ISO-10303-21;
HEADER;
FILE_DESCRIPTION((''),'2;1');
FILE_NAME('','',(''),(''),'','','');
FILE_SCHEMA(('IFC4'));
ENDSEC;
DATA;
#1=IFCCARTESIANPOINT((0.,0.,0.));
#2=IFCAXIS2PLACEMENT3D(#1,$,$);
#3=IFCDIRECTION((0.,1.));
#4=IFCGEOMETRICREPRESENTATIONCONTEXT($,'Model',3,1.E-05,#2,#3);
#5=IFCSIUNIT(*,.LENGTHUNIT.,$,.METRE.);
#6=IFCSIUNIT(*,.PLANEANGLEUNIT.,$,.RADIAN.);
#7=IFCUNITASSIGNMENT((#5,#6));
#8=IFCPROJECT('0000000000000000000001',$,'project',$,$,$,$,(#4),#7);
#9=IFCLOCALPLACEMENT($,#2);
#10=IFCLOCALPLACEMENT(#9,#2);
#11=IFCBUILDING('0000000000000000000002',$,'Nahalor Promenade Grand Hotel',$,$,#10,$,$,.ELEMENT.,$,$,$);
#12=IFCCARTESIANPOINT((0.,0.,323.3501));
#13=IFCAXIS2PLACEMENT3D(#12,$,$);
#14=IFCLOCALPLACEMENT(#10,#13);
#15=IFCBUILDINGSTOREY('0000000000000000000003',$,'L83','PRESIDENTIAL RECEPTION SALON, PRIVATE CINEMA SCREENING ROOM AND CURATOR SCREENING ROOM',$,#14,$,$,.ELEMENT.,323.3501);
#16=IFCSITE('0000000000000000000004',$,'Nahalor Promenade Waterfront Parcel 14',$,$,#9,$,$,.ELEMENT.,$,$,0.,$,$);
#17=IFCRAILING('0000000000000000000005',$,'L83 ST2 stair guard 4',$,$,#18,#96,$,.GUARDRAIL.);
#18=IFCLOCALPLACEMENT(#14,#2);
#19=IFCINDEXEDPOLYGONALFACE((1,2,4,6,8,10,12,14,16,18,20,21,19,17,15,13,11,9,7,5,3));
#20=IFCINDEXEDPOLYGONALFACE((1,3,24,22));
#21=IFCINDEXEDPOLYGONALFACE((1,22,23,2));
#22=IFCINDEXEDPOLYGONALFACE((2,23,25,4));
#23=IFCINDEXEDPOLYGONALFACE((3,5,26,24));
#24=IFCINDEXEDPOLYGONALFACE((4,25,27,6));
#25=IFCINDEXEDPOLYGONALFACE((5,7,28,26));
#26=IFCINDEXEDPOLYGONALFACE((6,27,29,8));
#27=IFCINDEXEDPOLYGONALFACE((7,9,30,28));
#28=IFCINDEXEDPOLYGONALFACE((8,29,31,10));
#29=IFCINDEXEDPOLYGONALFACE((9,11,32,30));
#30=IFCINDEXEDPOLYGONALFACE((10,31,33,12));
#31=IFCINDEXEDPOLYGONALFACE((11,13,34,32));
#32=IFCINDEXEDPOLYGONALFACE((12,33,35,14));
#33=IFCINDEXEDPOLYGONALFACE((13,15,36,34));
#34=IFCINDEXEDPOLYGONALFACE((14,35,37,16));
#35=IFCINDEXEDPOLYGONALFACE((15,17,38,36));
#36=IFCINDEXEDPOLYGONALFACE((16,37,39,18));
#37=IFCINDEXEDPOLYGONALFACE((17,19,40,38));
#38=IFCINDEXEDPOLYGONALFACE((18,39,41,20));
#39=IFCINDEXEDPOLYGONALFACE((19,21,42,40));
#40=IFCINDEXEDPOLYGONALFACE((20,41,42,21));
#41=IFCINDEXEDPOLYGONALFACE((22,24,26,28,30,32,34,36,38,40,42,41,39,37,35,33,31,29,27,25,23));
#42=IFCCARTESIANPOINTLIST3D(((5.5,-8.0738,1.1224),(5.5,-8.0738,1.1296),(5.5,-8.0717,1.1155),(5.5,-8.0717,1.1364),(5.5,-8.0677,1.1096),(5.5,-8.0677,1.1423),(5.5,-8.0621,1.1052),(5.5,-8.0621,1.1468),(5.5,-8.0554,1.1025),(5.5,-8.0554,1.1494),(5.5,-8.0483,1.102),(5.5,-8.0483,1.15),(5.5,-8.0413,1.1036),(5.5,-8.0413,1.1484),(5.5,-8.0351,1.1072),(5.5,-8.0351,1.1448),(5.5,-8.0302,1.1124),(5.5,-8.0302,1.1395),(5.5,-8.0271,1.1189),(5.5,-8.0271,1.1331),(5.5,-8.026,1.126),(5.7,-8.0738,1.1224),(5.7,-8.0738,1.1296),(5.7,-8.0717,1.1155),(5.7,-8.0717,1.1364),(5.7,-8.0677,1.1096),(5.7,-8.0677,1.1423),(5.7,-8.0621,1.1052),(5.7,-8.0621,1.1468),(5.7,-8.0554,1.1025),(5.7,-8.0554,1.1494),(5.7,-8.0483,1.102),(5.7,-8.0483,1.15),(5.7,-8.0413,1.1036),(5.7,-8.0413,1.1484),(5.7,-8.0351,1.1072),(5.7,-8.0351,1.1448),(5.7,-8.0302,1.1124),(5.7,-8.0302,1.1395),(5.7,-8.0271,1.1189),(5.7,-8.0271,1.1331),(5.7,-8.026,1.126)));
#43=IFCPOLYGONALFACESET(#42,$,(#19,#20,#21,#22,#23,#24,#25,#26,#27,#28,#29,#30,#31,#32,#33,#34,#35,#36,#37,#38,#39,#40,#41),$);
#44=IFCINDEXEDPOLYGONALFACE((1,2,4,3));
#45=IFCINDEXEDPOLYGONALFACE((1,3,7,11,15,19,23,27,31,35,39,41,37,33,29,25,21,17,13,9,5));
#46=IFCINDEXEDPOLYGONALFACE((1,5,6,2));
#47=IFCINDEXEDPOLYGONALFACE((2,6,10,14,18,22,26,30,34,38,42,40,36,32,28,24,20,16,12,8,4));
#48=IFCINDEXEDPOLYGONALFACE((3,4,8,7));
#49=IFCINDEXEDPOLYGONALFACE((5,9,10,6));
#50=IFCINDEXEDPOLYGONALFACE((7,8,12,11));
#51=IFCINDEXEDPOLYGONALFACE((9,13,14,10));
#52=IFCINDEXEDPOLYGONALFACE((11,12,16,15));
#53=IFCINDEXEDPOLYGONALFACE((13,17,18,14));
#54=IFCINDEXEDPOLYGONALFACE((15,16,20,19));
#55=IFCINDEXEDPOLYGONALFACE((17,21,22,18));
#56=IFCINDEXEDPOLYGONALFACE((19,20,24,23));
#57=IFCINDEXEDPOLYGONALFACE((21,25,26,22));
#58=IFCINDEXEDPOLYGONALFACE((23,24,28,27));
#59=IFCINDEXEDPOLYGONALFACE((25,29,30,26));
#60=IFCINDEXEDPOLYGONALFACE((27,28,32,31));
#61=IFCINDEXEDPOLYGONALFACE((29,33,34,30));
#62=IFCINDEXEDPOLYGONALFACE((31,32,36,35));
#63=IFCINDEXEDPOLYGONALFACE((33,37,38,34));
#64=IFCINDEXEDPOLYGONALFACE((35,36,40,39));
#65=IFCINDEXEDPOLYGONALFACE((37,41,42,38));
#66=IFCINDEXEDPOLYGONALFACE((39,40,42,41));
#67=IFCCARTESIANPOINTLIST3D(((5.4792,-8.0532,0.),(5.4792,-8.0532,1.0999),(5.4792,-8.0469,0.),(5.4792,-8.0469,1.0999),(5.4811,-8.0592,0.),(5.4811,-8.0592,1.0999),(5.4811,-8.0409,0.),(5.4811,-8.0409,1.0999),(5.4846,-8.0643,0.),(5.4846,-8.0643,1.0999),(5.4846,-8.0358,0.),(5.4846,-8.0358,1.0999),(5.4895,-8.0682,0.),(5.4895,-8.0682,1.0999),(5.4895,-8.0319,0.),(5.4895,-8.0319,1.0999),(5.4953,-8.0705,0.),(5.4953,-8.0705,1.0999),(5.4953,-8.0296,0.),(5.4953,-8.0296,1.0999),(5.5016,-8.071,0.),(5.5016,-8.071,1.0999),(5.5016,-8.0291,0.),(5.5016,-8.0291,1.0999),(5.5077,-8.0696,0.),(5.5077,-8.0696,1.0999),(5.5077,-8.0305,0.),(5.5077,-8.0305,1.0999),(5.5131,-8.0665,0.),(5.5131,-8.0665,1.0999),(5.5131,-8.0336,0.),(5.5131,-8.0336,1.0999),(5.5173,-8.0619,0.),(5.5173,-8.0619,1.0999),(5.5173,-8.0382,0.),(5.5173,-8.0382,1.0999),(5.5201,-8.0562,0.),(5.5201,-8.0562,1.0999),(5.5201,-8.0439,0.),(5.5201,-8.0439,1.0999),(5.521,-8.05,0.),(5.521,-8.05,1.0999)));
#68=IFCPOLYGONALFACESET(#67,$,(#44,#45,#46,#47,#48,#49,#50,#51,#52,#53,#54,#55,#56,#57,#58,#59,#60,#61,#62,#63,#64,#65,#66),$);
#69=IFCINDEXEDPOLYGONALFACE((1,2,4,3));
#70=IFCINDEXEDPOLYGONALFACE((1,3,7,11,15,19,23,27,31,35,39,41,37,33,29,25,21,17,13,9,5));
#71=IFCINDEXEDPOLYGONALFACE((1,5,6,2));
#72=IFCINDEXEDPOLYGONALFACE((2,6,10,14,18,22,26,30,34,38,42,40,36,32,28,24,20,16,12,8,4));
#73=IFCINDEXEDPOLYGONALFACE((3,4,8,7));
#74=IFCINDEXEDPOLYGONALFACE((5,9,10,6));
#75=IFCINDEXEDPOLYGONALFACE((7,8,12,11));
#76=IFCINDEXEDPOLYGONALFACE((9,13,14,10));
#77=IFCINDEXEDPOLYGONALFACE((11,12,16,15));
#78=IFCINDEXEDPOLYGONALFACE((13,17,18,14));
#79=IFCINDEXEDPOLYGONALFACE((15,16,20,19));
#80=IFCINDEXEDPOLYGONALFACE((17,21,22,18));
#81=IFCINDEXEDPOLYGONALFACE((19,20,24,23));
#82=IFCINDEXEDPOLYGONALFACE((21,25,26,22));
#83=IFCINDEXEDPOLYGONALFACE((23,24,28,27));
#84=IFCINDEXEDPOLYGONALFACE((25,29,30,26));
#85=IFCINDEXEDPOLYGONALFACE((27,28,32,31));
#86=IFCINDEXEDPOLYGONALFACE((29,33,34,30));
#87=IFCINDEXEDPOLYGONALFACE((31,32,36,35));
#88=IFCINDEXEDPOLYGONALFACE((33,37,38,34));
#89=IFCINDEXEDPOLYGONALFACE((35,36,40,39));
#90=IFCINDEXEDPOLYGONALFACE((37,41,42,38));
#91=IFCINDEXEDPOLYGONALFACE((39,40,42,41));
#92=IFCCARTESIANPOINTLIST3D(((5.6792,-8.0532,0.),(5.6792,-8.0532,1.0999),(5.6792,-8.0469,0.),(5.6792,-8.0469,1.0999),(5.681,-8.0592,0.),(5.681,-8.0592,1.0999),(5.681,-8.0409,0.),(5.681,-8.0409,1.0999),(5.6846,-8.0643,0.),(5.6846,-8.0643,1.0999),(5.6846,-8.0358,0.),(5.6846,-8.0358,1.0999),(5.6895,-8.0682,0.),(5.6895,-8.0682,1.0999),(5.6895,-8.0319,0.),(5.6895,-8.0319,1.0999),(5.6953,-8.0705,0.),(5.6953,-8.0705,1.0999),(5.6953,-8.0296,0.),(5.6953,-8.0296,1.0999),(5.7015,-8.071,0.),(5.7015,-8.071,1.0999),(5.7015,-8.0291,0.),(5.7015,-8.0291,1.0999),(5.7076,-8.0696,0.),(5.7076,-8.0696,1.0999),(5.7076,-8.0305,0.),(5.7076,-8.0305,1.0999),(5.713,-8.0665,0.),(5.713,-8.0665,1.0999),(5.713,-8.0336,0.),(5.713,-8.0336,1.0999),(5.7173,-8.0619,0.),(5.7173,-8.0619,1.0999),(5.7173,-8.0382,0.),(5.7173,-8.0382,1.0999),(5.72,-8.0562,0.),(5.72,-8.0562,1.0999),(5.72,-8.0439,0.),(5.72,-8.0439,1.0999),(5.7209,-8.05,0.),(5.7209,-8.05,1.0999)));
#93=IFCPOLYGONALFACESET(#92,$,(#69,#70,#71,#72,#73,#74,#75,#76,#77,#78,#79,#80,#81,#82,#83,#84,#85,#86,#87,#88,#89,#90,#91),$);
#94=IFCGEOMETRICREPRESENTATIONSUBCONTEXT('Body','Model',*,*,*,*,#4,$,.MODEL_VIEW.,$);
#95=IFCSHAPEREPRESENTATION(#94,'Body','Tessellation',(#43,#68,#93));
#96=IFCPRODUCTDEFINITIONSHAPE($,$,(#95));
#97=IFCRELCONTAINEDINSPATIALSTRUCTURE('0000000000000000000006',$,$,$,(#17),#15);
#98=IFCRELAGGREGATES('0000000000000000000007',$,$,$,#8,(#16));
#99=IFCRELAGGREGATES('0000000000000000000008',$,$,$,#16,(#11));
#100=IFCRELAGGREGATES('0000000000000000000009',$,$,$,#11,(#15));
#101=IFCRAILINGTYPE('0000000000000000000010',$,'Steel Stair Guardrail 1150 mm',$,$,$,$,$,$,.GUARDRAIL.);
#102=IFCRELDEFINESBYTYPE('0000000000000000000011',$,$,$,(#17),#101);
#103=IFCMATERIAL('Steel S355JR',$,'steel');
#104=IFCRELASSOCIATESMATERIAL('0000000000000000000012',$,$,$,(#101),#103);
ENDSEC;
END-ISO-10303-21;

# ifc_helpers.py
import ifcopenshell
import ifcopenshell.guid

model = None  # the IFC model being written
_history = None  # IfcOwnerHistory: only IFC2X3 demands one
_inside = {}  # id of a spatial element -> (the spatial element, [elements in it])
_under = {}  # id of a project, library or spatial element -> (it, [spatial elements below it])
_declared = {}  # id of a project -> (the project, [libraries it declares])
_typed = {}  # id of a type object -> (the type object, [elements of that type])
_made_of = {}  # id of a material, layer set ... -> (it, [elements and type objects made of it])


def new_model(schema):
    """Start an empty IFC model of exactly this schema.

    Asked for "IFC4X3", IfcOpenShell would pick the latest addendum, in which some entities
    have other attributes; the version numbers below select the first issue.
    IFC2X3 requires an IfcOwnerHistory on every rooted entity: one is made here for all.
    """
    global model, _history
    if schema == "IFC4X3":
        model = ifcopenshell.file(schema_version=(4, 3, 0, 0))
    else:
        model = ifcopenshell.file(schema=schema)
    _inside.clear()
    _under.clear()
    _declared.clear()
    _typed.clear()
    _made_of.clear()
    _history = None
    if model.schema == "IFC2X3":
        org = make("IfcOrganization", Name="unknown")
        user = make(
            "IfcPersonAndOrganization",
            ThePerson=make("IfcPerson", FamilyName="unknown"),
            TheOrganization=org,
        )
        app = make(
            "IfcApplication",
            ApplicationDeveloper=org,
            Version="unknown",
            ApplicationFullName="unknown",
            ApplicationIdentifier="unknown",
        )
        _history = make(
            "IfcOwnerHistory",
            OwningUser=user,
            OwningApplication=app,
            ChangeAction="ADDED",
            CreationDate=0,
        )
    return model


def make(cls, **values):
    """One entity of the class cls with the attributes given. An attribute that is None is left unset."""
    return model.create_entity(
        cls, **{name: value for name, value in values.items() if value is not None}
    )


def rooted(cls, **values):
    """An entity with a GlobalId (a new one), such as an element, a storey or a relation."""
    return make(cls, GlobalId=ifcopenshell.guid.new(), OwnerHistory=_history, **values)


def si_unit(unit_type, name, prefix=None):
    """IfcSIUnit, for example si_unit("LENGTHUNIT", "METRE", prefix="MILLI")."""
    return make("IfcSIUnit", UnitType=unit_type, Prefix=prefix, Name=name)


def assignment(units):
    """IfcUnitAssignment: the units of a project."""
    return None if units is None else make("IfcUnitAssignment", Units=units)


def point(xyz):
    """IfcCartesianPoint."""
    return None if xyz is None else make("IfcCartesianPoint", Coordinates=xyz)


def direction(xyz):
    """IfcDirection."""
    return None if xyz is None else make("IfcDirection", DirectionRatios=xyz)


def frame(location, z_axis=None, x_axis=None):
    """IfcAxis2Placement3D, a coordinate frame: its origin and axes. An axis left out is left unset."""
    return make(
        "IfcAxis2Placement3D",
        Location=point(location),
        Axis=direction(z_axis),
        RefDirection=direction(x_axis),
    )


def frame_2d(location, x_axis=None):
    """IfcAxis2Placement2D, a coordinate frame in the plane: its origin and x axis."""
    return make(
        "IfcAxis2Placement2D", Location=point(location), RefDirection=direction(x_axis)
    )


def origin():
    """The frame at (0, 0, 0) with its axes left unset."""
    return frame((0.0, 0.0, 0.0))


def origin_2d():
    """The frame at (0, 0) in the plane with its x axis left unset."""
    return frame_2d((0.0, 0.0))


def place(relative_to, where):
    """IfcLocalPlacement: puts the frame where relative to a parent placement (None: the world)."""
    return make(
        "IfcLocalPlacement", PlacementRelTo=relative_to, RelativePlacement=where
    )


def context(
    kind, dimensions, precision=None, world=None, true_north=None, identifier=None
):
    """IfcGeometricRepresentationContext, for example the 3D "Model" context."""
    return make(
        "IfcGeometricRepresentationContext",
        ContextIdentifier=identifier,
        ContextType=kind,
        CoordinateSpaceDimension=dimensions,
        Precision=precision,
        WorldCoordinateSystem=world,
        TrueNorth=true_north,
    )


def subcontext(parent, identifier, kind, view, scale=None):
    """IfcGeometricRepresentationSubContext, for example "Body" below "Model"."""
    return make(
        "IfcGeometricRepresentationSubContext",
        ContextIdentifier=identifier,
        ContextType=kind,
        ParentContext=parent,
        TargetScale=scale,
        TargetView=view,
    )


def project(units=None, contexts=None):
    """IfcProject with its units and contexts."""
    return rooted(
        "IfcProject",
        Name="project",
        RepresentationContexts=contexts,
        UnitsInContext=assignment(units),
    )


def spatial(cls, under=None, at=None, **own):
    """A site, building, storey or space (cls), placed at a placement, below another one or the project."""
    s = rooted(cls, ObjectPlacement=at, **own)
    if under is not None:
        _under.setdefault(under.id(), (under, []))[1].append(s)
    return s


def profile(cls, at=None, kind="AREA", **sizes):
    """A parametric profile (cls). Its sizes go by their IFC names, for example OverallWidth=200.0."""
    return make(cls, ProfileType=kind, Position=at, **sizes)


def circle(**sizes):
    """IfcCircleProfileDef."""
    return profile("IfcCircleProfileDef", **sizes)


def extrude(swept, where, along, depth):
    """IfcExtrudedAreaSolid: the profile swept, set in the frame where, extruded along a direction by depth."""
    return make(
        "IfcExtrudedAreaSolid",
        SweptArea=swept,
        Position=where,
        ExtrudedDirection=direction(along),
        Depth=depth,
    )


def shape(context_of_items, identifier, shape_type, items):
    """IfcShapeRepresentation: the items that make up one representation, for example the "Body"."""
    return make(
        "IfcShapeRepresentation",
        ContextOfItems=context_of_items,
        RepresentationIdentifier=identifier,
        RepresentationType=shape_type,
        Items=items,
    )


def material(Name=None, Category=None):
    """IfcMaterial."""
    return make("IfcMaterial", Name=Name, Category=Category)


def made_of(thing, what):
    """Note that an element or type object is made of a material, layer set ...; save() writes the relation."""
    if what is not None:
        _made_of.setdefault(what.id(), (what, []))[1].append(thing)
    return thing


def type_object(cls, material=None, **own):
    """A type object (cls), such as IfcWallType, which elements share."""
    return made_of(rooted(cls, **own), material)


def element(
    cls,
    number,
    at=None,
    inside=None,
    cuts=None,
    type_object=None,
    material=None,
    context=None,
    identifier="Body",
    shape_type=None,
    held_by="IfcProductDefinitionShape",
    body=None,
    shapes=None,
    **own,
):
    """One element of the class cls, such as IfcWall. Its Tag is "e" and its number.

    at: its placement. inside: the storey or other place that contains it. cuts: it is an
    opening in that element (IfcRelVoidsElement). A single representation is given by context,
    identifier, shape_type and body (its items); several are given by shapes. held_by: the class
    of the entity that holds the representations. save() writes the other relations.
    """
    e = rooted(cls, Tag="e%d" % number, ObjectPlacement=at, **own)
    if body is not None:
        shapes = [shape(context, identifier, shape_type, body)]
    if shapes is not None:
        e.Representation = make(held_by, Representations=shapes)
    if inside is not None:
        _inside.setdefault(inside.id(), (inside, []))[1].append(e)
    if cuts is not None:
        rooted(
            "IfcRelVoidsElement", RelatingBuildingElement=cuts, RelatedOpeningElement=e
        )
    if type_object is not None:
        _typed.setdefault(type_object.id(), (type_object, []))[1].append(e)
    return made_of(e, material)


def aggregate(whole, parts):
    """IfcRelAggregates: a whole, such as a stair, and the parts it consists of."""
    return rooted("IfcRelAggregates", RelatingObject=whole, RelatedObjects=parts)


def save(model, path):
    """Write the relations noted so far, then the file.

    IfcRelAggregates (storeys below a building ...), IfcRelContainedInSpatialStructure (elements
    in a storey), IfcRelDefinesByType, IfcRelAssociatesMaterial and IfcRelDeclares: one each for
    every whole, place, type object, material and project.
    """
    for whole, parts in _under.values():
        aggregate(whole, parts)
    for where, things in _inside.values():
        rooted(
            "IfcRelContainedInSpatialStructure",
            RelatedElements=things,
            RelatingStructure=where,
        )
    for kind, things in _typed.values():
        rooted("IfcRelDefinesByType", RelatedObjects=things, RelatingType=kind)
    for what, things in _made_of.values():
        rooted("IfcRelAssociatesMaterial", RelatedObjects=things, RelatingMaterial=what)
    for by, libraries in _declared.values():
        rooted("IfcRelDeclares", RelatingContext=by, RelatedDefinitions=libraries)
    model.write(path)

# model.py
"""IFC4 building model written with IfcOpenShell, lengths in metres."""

from ifc_helpers import new_model, si_unit, direction, frame, origin, origin_2d, place, context, subcontext, project, spatial, circle, extrude, material, type_object, element, save


model = new_model("IFC4")

# Units and contexts
model_context = context("Model", 3, precision=1e-05, world=origin(), true_north=direction((0.0, 1.0)))
body_context = subcontext(model_context, "Body", "Model", "MODEL_VIEW")
ifc_project = project(units=[si_unit("LENGTHUNIT", "METRE"), si_unit("PLANEANGLEUNIT", "RADIAN")], contexts=[model_context])

# Site, building, storey
site_placement = place(None, origin())
site = spatial("IfcSite", under=ifc_project, at=site_placement, Name="Nahalor Promenade Waterfront Parcel 14", CompositionType="ELEMENT", RefElevation=0.0)
building_placement = place(site_placement, origin())
building = spatial("IfcBuilding", under=site, at=building_placement, Name="Nahalor Promenade Grand Hotel", CompositionType="ELEMENT")
storey_placement = place(building_placement, frame((0.0, 0.0, 323.3501)))
storey = spatial("IfcBuildingStorey", under=building, at=storey_placement, Name="L83", Description="PRESIDENTIAL RECEPTION SALON, PRIVATE CINEMA SCREENING ROOM AND CURATOR SCREENING ROOM", CompositionType="ELEMENT", Elevation=323.3501)

# Shared definitions
ifc_material_1 = material(Name="Steel S355JR", Category="steel")

# Railing
railing_type_1 = type_object("IfcRailingType", Name="Steel Stair Guardrail 1150 mm", PredefinedType="GUARDRAIL", material=ifc_material_1)
railing_1_placement = place(storey_placement, frame((5.5, -8.05, 0.0)))
element("IfcRailing", 1, at=railing_1_placement, inside=storey, type_object=railing_type_1, Name="L83 ST2 stair guard 4", PredefinedType="GUARDRAIL", context=body_context, shape_type="SweptSolid", body=[
    extrude(circle(Radius=0.024, at=origin_2d()), frame((0.0, 0.0, 1.126), z_axis=(1.0, 0.0, 0.0), x_axis=(0.0, 1.0, 0.0)), (0.0, 0.0, 1.0), 0.2),
    extrude(circle(Radius=0.021, at=origin_2d()), origin(), (0.0, 0.0, 1.0), 1.0999),
    extrude(circle(Radius=0.021, at=origin_2d()), frame((0.2, 0.0, 0.0)), (0.0, 0.0, 1.0), 1.0999),
])

save(model, "model.ifc")
